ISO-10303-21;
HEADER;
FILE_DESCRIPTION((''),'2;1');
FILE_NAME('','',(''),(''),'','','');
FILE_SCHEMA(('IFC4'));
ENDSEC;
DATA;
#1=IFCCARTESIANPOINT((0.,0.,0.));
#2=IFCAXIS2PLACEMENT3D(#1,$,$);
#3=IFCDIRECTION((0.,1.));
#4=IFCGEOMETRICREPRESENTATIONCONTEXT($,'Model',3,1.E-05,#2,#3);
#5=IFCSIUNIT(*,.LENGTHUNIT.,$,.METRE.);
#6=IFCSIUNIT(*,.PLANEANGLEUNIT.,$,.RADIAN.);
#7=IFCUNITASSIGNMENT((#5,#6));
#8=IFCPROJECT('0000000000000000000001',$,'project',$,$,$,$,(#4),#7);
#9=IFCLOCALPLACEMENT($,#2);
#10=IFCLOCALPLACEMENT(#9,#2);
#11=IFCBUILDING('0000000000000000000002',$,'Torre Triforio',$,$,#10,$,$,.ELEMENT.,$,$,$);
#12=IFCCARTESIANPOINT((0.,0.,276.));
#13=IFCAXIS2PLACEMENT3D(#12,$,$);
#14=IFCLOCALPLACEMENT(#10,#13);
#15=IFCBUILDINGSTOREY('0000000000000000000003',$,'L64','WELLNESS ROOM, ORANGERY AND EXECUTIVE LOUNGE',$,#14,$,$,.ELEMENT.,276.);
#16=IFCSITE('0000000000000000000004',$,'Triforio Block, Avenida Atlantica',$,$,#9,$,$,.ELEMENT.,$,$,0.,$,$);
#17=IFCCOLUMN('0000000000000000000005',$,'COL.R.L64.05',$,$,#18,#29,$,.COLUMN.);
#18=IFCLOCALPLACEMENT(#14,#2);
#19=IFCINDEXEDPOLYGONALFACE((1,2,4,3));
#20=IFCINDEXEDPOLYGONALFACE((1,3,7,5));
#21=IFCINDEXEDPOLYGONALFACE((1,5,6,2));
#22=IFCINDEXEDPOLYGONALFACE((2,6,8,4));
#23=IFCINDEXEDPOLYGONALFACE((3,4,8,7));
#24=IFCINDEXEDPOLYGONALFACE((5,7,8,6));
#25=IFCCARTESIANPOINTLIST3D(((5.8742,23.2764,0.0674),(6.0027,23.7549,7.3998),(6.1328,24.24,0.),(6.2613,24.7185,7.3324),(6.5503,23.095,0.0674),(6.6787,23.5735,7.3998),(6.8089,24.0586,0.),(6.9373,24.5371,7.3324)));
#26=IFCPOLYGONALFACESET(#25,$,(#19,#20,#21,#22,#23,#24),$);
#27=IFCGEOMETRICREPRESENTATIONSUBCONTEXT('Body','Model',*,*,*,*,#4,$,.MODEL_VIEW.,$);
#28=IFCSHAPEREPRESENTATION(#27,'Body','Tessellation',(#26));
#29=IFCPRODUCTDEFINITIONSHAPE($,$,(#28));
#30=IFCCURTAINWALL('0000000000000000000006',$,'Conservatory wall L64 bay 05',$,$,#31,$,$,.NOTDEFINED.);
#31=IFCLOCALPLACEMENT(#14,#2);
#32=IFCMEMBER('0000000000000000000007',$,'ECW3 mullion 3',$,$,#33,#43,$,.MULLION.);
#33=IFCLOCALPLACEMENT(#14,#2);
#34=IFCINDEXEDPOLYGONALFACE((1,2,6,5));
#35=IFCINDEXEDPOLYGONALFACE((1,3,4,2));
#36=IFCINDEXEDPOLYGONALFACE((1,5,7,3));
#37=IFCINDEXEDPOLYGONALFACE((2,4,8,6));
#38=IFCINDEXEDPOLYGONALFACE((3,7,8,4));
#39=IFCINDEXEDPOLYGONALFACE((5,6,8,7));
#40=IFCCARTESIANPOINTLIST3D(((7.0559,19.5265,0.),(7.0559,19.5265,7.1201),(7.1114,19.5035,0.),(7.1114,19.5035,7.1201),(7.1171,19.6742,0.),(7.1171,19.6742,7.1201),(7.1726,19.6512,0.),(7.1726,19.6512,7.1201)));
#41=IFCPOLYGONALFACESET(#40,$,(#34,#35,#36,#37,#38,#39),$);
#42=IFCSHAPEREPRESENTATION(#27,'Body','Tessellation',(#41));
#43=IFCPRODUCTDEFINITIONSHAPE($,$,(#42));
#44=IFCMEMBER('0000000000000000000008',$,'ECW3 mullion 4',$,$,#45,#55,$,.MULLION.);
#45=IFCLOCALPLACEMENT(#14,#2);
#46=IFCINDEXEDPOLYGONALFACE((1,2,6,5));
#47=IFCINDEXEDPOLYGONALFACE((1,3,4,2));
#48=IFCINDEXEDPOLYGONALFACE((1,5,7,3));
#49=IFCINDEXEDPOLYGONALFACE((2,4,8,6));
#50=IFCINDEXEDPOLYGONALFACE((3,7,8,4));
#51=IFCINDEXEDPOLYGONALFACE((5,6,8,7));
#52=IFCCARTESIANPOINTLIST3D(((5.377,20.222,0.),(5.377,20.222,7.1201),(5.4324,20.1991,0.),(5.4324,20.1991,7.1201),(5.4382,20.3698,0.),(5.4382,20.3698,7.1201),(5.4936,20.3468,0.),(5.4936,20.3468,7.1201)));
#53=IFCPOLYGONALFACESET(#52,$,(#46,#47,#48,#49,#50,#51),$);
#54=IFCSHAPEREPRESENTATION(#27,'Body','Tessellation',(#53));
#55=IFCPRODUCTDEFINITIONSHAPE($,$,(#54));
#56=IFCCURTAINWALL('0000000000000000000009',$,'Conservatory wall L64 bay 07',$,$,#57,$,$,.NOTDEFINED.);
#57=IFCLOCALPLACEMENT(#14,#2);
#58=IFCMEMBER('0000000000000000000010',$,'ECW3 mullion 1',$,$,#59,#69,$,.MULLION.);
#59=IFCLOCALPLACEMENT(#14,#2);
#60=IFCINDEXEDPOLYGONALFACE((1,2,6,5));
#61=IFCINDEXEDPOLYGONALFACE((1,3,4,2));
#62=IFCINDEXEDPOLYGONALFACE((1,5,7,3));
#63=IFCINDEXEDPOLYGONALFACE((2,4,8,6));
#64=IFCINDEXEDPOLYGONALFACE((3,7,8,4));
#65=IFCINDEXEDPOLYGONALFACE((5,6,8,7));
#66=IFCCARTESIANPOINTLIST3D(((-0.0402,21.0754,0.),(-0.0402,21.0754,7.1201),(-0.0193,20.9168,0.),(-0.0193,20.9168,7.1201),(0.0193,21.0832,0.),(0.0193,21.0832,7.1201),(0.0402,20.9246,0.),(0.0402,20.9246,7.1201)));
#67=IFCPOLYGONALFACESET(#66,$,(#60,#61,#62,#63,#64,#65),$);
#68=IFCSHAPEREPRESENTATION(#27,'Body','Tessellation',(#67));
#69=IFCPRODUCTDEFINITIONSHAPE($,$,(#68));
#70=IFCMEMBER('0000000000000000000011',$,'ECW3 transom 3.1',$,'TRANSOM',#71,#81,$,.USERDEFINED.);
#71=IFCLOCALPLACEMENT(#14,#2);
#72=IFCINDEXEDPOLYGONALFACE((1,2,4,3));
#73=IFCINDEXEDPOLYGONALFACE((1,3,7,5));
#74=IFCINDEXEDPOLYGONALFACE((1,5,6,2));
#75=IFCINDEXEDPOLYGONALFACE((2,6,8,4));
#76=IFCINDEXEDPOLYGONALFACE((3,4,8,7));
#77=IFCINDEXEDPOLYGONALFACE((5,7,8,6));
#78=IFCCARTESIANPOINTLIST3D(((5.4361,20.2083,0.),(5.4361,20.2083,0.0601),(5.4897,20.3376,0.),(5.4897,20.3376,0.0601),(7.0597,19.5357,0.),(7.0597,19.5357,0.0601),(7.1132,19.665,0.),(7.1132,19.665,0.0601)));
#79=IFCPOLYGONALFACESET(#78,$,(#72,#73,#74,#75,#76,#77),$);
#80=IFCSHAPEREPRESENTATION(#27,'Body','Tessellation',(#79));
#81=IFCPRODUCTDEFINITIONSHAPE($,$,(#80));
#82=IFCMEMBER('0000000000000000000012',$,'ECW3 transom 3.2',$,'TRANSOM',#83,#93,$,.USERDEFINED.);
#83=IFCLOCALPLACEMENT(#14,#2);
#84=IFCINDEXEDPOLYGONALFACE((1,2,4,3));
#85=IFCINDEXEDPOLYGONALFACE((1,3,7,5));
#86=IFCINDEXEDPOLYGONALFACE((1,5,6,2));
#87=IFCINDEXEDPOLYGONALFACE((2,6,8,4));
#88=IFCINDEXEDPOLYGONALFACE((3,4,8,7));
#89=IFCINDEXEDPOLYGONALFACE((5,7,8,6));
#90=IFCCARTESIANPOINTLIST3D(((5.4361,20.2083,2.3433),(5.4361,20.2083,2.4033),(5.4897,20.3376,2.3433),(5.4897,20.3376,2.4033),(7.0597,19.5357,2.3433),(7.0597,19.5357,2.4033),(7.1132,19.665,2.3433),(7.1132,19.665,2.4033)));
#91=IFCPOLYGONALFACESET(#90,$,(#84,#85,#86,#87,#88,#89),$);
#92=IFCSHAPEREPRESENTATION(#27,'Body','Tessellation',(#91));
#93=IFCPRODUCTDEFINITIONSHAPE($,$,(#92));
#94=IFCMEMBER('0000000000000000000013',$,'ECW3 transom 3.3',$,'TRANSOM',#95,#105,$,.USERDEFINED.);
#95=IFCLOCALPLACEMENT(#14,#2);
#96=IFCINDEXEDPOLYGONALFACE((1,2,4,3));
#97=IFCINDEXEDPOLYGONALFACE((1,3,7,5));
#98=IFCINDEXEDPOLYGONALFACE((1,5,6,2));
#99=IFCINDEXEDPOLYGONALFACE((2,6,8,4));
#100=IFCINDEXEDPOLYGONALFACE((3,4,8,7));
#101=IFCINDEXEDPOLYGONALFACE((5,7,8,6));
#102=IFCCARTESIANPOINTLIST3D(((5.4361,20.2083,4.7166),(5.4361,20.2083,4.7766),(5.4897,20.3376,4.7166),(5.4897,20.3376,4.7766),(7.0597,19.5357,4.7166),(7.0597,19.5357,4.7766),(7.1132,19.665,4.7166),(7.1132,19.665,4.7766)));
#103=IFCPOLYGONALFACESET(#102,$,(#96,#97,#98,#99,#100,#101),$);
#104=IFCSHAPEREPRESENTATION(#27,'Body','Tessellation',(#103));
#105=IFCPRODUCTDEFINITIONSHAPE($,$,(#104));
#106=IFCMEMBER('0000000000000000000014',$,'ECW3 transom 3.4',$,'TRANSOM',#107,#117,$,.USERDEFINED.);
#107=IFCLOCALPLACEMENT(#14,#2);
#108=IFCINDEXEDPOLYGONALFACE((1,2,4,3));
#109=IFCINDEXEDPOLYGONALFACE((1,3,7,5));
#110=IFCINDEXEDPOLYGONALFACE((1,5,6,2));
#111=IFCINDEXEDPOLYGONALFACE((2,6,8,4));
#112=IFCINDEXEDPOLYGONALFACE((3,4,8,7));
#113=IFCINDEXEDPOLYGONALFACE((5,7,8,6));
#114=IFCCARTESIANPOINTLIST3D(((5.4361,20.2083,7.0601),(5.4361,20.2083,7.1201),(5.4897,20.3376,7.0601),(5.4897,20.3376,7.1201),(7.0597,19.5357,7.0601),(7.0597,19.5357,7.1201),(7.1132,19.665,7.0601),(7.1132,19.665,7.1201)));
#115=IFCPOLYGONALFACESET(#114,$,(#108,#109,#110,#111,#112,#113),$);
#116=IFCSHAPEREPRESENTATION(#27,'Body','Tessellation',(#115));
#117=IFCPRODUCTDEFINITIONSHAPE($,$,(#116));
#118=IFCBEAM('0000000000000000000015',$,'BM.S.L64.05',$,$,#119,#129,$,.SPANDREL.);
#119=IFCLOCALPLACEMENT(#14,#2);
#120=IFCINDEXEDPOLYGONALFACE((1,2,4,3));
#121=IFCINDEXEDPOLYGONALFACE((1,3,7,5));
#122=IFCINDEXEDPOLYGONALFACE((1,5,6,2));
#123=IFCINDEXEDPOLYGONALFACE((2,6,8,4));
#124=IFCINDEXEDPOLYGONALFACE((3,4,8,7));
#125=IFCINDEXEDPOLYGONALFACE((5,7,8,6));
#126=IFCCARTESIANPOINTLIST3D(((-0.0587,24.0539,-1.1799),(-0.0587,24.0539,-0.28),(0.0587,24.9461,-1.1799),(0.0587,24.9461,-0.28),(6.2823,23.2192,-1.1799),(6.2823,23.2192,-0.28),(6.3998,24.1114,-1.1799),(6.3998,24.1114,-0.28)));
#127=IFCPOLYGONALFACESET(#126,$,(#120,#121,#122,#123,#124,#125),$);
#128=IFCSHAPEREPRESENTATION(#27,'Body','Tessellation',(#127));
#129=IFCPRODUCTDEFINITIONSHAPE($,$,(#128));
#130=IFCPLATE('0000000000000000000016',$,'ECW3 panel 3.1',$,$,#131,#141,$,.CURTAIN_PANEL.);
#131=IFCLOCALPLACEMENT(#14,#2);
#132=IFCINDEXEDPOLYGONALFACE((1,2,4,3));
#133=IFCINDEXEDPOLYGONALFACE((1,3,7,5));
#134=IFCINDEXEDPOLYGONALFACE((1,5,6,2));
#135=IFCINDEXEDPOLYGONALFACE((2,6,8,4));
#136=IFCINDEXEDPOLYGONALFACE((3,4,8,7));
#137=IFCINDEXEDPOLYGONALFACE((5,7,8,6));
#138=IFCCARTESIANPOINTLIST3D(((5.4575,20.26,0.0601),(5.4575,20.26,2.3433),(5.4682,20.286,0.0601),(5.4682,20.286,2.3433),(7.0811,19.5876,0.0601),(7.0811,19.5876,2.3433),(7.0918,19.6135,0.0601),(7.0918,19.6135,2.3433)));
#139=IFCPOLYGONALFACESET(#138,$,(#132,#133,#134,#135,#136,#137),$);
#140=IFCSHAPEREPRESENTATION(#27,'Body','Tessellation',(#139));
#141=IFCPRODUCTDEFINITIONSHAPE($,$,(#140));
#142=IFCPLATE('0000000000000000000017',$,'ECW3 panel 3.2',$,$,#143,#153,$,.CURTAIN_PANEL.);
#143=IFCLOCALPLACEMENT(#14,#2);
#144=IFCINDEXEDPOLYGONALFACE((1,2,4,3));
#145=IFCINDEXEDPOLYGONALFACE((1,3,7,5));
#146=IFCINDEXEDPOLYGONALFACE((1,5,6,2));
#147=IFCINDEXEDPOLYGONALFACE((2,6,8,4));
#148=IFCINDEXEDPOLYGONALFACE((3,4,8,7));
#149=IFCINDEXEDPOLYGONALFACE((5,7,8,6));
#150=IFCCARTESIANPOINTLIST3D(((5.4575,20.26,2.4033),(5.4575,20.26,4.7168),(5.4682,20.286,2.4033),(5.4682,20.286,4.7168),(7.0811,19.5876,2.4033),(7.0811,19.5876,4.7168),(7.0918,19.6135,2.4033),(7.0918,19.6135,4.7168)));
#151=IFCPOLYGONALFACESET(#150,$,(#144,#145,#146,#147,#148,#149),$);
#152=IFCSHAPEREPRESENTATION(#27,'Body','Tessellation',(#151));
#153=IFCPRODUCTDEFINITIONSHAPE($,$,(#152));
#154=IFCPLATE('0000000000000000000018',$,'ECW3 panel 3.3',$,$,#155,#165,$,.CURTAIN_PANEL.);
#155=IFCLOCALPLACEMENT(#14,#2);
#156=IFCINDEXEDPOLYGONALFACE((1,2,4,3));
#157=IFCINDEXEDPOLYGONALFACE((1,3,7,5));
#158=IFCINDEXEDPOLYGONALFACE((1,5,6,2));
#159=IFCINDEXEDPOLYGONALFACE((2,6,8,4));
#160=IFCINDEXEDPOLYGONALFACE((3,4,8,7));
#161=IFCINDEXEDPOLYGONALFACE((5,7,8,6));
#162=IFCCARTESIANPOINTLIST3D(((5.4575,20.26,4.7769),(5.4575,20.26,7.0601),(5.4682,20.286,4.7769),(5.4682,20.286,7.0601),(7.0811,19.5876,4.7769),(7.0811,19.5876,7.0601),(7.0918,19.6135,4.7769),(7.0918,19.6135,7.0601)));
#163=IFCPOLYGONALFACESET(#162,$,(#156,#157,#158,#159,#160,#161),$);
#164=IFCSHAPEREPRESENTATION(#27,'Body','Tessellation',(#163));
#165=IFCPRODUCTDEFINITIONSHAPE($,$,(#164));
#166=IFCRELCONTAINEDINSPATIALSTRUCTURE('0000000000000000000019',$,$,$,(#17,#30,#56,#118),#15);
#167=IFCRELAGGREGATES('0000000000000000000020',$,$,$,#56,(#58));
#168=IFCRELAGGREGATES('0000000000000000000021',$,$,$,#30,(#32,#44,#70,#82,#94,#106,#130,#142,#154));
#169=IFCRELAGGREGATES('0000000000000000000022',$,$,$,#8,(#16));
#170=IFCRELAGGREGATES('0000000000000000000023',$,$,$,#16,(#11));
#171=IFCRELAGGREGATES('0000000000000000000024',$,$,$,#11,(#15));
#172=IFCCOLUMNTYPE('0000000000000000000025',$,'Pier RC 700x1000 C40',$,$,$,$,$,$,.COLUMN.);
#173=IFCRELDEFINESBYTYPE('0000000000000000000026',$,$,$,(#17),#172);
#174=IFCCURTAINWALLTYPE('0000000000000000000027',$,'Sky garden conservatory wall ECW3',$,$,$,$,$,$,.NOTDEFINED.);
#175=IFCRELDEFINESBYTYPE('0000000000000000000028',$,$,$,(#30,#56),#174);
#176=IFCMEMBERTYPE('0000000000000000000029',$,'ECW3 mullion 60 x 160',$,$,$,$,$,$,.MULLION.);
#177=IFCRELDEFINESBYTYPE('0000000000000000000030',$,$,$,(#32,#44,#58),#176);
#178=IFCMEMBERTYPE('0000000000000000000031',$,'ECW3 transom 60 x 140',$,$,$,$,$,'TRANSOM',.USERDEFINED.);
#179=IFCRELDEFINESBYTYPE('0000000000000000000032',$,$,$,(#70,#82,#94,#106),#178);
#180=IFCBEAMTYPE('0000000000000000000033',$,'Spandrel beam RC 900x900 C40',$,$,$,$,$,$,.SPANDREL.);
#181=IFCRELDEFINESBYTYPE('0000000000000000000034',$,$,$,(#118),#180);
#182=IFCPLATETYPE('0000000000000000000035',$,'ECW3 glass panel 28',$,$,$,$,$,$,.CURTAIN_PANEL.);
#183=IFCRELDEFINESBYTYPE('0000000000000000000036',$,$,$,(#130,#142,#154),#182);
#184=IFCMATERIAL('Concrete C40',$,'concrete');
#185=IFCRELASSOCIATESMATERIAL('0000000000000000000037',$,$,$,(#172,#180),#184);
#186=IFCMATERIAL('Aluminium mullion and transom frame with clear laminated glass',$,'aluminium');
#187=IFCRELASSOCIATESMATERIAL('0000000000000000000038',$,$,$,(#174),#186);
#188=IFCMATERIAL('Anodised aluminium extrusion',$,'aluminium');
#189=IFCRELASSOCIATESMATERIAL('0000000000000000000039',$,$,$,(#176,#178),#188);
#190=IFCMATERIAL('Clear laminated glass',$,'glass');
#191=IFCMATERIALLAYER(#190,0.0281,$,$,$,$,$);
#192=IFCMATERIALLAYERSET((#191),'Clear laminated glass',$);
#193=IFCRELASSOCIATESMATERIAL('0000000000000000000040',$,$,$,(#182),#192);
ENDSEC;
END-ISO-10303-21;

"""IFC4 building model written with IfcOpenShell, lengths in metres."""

from ifc_helpers import new_model, si_unit, direction, frame, origin, origin_2d, place, context, subcontext, project, spatial, rectangle, extrude, material, layer, layer_set, material_profile, profile_set, type_object, element, aggregate, save


model = new_model("IFC4")

# Units and contexts
model_context = context("Model", 3, precision=1e-05, world=origin(), true_north=direction((0.0, 1.0)))
body_context = subcontext(model_context, "Body", "Model", "MODEL_VIEW")
ifc_project = project(units=[si_unit("LENGTHUNIT", "METRE"), si_unit("PLANEANGLEUNIT", "RADIAN")], contexts=[model_context])

# Site, building, storey
site_placement = place(None, origin())
site = spatial("IfcSite", under=ifc_project, at=site_placement, Name="Triforio Block, Avenida Atlantica", CompositionType="ELEMENT", RefElevation=0.0)
building_placement = place(site_placement, origin())
building = spatial("IfcBuilding", under=site, at=building_placement, Name="Torre Triforio", CompositionType="ELEMENT")
storey_placement = place(building_placement, frame((0.0, 0.0, 276.0)))
storey = spatial("IfcBuildingStorey", under=building, at=storey_placement, Name="L64", Description="WELLNESS ROOM, ORANGERY AND EXECUTIVE LOUNGE", CompositionType="ELEMENT", Elevation=276.0)

# Column
ifc_material_1 = material(Name="Concrete C40", Category="concrete")
ifc_material_profile_1 = material_profile(ifc_material_1, rectangle(XDim=0.7, YDim=1.0, at=origin_2d()), Name="RC 700x1000")
ifc_profile_set_1 = profile_set([ifc_material_profile_1], Name="Concrete C40")
column_type = type_object("IfcColumnType", Name="Pier RC 700x1000 C40", PredefinedType="COLUMN", material=ifc_profile_set_1)
column_placement = place(storey_placement, frame((6.3416, 23.6675, 0.0337), z_axis=(0.017474, 0.065111, 0.997725), x_axis=(-0.965825, 0.259196, 0.0)))
element("IfcColumn", 1, at=column_placement, inside=storey, type_object=column_type, Name="COL.R.L64.05", PredefinedType="COLUMN", context=body_context, shape_type="SweptSolid", body=[
    extrude(rectangle(XDim=0.7, YDim=1.0, at=origin_2d()), origin(), (0.0, 0.0, 1.0), 7.3491),
])

# Curtain wall, members
ifc_material_2 = material(Name="Aluminium mullion and transom frame with clear laminated glass", Category="aluminium")
curtain_wall_type = type_object("IfcCurtainWallType", Name="Sky garden conservatory wall ECW3", PredefinedType="NOTDEFINED", material=ifc_material_2)
curtain_wall_1_placement = place(storey_placement, origin())
curtain_wall_1 = element("IfcCurtainWall", 2, at=curtain_wall_1_placement, inside=storey, type_object=curtain_wall_type, Name="Conservatory wall L64 bay 05", PredefinedType="NOTDEFINED")
ifc_material_3 = material(Name="Anodised aluminium extrusion", Category="aluminium")
ifc_material_profile_2 = material_profile(ifc_material_3, rectangle(XDim=0.1599, YDim=0.0601, at=origin_2d()), Name="ECW3 MULLION 60x160")
ifc_profile_set_2 = profile_set([ifc_material_profile_2], Name="Anodised aluminium extrusion")
member_type_1 = type_object("IfcMemberType", Name="ECW3 mullion 60 x 160", PredefinedType="MULLION", material=ifc_profile_set_2)
member_1_placement = place(storey_placement, frame((7.1143, 19.5889, 0.0), z_axis=(0.0, 0.0, 1.0), x_axis=(-0.382675, -0.923883, 0.0)))
member_1 = element("IfcMember", 3, at=member_1_placement, type_object=member_type_1, Name="ECW3 mullion 3", PredefinedType="MULLION", context=body_context, shape_type="SweptSolid", body=[
    extrude(rectangle(XDim=0.1599, YDim=0.0601, at=origin_2d()), origin(), (0.0, 0.0, 1.0), 7.1201),
])
member_2_placement = place(storey_placement, frame((5.4353, 20.2844, 0.0), z_axis=(0.0, 0.0, 1.0), x_axis=(-0.382675, -0.923883, 0.0)))
member_2 = element("IfcMember", 4, at=member_2_placement, type_object=member_type_1, Name="ECW3 mullion 4", PredefinedType="MULLION", context=body_context, shape_type="SweptSolid", body=[
    extrude(rectangle(XDim=0.1599, YDim=0.0601, at=origin_2d()), origin(), (0.0, 0.0, 1.0), 7.1201),
])

# Curtain wall, member
curtain_wall_2_placement = place(storey_placement, origin())
curtain_wall_2 = element("IfcCurtainWall", 5, at=curtain_wall_2_placement, inside=storey, type_object=curtain_wall_type, Name="Conservatory wall L64 bay 07", PredefinedType="NOTDEFINED")
member_3_placement = place(storey_placement, frame((0.0, 21.0, 0.0), z_axis=(0.0, 0.0, 1.0), x_axis=(0.13053, -0.991444, 0.0)))
member_3 = element("IfcMember", 6, at=member_3_placement, type_object=member_type_1, Name="ECW3 mullion 1", PredefinedType="MULLION", context=body_context, shape_type="SweptSolid", body=[
    extrude(rectangle(XDim=0.1599, YDim=0.0601, at=origin_2d()), origin(), (0.0, 0.0, 1.0), 7.1201),
])
aggregate(curtain_wall_2, [member_3])

# Members
ifc_material_profile_3 = material_profile(ifc_material_3, rectangle(XDim=0.1399, YDim=0.0601, at=origin_2d()), Name="ECW3 TRANSOM 60x140")
ifc_profile_set_3 = profile_set([ifc_material_profile_3], Name="Anodised aluminium extrusion")
member_type_2 = type_object("IfcMemberType", Name="ECW3 transom 60 x 140", ElementType="TRANSOM", PredefinedType="USERDEFINED", material=ifc_profile_set_3)
member_4_placement = place(storey_placement, frame((7.0864, 19.6003, 0.03), z_axis=(-0.923856, 0.38274, 0.0), x_axis=(-0.38274, -0.923856, 0.0)))
member_4 = element("IfcMember", 7, at=member_4_placement, type_object=member_type_2, Name="ECW3 transom 3.1", ObjectType="TRANSOM", PredefinedType="USERDEFINED", context=body_context, shape_type="SweptSolid", body=[
    extrude(rectangle(XDim=0.1399, YDim=0.0601, at=origin_2d()), origin(), (0.0, 0.0, 1.0), 1.7573),
])
member_5_placement = place(storey_placement, frame((7.0864, 19.6003, 2.3733), z_axis=(-0.923856, 0.38274, 0.0), x_axis=(-0.38274, -0.923856, 0.0)))
member_5 = element("IfcMember", 8, at=member_5_placement, type_object=member_type_2, Name="ECW3 transom 3.2", ObjectType="TRANSOM", PredefinedType="USERDEFINED", context=body_context, shape_type="SweptSolid", body=[
    extrude(rectangle(XDim=0.1399, YDim=0.0601, at=origin_2d()), origin(), (0.0, 0.0, 1.0), 1.7573),
])
member_6_placement = place(storey_placement, frame((7.0864, 19.6003, 4.7466), z_axis=(-0.923856, 0.38274, 0.0), x_axis=(-0.38274, -0.923856, 0.0)))
member_6 = element("IfcMember", 9, at=member_6_placement, type_object=member_type_2, Name="ECW3 transom 3.3", ObjectType="TRANSOM", PredefinedType="USERDEFINED", context=body_context, shape_type="SweptSolid", body=[
    extrude(rectangle(XDim=0.1399, YDim=0.0601, at=origin_2d()), origin(), (0.0, 0.0, 1.0), 1.7573),
])
member_7_placement = place(storey_placement, frame((7.0864, 19.6003, 7.0901), z_axis=(-0.923856, 0.38274, 0.0), x_axis=(-0.38274, -0.923856, 0.0)))
member_7 = element("IfcMember", 10, at=member_7_placement, type_object=member_type_2, Name="ECW3 transom 3.4", ObjectType="TRANSOM", PredefinedType="USERDEFINED", context=body_context, shape_type="SweptSolid", body=[
    extrude(rectangle(XDim=0.1399, YDim=0.0601, at=origin_2d()), origin(), (0.0, 0.0, 1.0), 1.7573),
])

# Beam
ifc_material_profile_4 = material_profile(ifc_material_1, rectangle(XDim=0.8999, YDim=0.8999, at=origin_2d()), Name="RC 900x900")
ifc_profile_set_4 = profile_set([ifc_material_profile_4], Name="Concrete C40")
beam_type = type_object("IfcBeamType", Name="Spandrel beam RC 900x900 C40", PredefinedType="SPANDREL", material=ifc_profile_set_4)
beam_placement = place(storey_placement, frame((6.3411, 23.6653, -0.73), z_axis=(-0.991447, 0.130511, 0.0), x_axis=(-0.130511, -0.991447, 0.0)))
element("IfcBeam", 11, at=beam_placement, inside=storey, type_object=beam_type, Name="BM.S.L64.05", PredefinedType="SPANDREL", context=body_context, shape_type="SweptSolid", body=[
    extrude(rectangle(XDim=0.8999, YDim=0.8999, at=origin_2d()), origin(), (0.0, 0.0, 1.0), 6.3958),
])

# Plates
ifc_material_4 = material(Name="Clear laminated glass", Category="glass")
ifc_layer_1 = layer(ifc_material_4, 0.0281)
ifc_layer_set_1 = layer_set([ifc_layer_1], Name="Clear laminated glass")
plate_type = type_object("IfcPlateType", Name="ECW3 glass panel 28", PredefinedType="CURTAIN_PANEL", material=ifc_layer_set_1)
plate_1_placement = place(storey_placement, frame((6.2747, 19.9368, 0.0601), z_axis=(0.0, 0.0, 1.0), x_axis=(-0.923883, 0.382675, 0.0)))
plate_1 = element("IfcPlate", 12, at=plate_1_placement, type_object=plate_type, Name="ECW3 panel 3.1", PredefinedType="CURTAIN_PANEL", context=body_context, shape_type="SweptSolid", body=[
    extrude(rectangle(XDim=1.7573, YDim=0.0281, at=origin_2d()), origin(), (0.0, 0.0, 1.0), 2.2832),
])
plate_2_placement = place(storey_placement, frame((6.2747, 19.9368, 2.4033), z_axis=(0.0, 0.0, 1.0), x_axis=(-0.923883, 0.382675, 0.0)))
plate_2 = element("IfcPlate", 13, at=plate_2_placement, type_object=plate_type, Name="ECW3 panel 3.2", PredefinedType="CURTAIN_PANEL", context=body_context, shape_type="SweptSolid", body=[
    extrude(rectangle(XDim=1.7573, YDim=0.0281, at=origin_2d()), origin(), (0.0, 0.0, 1.0), 2.3135),
])
plate_3_placement = place(storey_placement, frame((6.2747, 19.9368, 4.7769), z_axis=(0.0, 0.0, 1.0), x_axis=(-0.923883, 0.382675, 0.0)))
plate_3 = element("IfcPlate", 14, at=plate_3_placement, type_object=plate_type, Name="ECW3 panel 3.3", PredefinedType="CURTAIN_PANEL", context=body_context, shape_type="SweptSolid", body=[
    extrude(rectangle(XDim=1.7573, YDim=0.0281, at=origin_2d()), origin(), (0.0, 0.0, 1.0), 2.2832),
])
aggregate(curtain_wall_1, [member_1, member_2, member_4, member_5, member_6, member_7, plate_1, plate_2, plate_3])

save(model, "model.ifc")
